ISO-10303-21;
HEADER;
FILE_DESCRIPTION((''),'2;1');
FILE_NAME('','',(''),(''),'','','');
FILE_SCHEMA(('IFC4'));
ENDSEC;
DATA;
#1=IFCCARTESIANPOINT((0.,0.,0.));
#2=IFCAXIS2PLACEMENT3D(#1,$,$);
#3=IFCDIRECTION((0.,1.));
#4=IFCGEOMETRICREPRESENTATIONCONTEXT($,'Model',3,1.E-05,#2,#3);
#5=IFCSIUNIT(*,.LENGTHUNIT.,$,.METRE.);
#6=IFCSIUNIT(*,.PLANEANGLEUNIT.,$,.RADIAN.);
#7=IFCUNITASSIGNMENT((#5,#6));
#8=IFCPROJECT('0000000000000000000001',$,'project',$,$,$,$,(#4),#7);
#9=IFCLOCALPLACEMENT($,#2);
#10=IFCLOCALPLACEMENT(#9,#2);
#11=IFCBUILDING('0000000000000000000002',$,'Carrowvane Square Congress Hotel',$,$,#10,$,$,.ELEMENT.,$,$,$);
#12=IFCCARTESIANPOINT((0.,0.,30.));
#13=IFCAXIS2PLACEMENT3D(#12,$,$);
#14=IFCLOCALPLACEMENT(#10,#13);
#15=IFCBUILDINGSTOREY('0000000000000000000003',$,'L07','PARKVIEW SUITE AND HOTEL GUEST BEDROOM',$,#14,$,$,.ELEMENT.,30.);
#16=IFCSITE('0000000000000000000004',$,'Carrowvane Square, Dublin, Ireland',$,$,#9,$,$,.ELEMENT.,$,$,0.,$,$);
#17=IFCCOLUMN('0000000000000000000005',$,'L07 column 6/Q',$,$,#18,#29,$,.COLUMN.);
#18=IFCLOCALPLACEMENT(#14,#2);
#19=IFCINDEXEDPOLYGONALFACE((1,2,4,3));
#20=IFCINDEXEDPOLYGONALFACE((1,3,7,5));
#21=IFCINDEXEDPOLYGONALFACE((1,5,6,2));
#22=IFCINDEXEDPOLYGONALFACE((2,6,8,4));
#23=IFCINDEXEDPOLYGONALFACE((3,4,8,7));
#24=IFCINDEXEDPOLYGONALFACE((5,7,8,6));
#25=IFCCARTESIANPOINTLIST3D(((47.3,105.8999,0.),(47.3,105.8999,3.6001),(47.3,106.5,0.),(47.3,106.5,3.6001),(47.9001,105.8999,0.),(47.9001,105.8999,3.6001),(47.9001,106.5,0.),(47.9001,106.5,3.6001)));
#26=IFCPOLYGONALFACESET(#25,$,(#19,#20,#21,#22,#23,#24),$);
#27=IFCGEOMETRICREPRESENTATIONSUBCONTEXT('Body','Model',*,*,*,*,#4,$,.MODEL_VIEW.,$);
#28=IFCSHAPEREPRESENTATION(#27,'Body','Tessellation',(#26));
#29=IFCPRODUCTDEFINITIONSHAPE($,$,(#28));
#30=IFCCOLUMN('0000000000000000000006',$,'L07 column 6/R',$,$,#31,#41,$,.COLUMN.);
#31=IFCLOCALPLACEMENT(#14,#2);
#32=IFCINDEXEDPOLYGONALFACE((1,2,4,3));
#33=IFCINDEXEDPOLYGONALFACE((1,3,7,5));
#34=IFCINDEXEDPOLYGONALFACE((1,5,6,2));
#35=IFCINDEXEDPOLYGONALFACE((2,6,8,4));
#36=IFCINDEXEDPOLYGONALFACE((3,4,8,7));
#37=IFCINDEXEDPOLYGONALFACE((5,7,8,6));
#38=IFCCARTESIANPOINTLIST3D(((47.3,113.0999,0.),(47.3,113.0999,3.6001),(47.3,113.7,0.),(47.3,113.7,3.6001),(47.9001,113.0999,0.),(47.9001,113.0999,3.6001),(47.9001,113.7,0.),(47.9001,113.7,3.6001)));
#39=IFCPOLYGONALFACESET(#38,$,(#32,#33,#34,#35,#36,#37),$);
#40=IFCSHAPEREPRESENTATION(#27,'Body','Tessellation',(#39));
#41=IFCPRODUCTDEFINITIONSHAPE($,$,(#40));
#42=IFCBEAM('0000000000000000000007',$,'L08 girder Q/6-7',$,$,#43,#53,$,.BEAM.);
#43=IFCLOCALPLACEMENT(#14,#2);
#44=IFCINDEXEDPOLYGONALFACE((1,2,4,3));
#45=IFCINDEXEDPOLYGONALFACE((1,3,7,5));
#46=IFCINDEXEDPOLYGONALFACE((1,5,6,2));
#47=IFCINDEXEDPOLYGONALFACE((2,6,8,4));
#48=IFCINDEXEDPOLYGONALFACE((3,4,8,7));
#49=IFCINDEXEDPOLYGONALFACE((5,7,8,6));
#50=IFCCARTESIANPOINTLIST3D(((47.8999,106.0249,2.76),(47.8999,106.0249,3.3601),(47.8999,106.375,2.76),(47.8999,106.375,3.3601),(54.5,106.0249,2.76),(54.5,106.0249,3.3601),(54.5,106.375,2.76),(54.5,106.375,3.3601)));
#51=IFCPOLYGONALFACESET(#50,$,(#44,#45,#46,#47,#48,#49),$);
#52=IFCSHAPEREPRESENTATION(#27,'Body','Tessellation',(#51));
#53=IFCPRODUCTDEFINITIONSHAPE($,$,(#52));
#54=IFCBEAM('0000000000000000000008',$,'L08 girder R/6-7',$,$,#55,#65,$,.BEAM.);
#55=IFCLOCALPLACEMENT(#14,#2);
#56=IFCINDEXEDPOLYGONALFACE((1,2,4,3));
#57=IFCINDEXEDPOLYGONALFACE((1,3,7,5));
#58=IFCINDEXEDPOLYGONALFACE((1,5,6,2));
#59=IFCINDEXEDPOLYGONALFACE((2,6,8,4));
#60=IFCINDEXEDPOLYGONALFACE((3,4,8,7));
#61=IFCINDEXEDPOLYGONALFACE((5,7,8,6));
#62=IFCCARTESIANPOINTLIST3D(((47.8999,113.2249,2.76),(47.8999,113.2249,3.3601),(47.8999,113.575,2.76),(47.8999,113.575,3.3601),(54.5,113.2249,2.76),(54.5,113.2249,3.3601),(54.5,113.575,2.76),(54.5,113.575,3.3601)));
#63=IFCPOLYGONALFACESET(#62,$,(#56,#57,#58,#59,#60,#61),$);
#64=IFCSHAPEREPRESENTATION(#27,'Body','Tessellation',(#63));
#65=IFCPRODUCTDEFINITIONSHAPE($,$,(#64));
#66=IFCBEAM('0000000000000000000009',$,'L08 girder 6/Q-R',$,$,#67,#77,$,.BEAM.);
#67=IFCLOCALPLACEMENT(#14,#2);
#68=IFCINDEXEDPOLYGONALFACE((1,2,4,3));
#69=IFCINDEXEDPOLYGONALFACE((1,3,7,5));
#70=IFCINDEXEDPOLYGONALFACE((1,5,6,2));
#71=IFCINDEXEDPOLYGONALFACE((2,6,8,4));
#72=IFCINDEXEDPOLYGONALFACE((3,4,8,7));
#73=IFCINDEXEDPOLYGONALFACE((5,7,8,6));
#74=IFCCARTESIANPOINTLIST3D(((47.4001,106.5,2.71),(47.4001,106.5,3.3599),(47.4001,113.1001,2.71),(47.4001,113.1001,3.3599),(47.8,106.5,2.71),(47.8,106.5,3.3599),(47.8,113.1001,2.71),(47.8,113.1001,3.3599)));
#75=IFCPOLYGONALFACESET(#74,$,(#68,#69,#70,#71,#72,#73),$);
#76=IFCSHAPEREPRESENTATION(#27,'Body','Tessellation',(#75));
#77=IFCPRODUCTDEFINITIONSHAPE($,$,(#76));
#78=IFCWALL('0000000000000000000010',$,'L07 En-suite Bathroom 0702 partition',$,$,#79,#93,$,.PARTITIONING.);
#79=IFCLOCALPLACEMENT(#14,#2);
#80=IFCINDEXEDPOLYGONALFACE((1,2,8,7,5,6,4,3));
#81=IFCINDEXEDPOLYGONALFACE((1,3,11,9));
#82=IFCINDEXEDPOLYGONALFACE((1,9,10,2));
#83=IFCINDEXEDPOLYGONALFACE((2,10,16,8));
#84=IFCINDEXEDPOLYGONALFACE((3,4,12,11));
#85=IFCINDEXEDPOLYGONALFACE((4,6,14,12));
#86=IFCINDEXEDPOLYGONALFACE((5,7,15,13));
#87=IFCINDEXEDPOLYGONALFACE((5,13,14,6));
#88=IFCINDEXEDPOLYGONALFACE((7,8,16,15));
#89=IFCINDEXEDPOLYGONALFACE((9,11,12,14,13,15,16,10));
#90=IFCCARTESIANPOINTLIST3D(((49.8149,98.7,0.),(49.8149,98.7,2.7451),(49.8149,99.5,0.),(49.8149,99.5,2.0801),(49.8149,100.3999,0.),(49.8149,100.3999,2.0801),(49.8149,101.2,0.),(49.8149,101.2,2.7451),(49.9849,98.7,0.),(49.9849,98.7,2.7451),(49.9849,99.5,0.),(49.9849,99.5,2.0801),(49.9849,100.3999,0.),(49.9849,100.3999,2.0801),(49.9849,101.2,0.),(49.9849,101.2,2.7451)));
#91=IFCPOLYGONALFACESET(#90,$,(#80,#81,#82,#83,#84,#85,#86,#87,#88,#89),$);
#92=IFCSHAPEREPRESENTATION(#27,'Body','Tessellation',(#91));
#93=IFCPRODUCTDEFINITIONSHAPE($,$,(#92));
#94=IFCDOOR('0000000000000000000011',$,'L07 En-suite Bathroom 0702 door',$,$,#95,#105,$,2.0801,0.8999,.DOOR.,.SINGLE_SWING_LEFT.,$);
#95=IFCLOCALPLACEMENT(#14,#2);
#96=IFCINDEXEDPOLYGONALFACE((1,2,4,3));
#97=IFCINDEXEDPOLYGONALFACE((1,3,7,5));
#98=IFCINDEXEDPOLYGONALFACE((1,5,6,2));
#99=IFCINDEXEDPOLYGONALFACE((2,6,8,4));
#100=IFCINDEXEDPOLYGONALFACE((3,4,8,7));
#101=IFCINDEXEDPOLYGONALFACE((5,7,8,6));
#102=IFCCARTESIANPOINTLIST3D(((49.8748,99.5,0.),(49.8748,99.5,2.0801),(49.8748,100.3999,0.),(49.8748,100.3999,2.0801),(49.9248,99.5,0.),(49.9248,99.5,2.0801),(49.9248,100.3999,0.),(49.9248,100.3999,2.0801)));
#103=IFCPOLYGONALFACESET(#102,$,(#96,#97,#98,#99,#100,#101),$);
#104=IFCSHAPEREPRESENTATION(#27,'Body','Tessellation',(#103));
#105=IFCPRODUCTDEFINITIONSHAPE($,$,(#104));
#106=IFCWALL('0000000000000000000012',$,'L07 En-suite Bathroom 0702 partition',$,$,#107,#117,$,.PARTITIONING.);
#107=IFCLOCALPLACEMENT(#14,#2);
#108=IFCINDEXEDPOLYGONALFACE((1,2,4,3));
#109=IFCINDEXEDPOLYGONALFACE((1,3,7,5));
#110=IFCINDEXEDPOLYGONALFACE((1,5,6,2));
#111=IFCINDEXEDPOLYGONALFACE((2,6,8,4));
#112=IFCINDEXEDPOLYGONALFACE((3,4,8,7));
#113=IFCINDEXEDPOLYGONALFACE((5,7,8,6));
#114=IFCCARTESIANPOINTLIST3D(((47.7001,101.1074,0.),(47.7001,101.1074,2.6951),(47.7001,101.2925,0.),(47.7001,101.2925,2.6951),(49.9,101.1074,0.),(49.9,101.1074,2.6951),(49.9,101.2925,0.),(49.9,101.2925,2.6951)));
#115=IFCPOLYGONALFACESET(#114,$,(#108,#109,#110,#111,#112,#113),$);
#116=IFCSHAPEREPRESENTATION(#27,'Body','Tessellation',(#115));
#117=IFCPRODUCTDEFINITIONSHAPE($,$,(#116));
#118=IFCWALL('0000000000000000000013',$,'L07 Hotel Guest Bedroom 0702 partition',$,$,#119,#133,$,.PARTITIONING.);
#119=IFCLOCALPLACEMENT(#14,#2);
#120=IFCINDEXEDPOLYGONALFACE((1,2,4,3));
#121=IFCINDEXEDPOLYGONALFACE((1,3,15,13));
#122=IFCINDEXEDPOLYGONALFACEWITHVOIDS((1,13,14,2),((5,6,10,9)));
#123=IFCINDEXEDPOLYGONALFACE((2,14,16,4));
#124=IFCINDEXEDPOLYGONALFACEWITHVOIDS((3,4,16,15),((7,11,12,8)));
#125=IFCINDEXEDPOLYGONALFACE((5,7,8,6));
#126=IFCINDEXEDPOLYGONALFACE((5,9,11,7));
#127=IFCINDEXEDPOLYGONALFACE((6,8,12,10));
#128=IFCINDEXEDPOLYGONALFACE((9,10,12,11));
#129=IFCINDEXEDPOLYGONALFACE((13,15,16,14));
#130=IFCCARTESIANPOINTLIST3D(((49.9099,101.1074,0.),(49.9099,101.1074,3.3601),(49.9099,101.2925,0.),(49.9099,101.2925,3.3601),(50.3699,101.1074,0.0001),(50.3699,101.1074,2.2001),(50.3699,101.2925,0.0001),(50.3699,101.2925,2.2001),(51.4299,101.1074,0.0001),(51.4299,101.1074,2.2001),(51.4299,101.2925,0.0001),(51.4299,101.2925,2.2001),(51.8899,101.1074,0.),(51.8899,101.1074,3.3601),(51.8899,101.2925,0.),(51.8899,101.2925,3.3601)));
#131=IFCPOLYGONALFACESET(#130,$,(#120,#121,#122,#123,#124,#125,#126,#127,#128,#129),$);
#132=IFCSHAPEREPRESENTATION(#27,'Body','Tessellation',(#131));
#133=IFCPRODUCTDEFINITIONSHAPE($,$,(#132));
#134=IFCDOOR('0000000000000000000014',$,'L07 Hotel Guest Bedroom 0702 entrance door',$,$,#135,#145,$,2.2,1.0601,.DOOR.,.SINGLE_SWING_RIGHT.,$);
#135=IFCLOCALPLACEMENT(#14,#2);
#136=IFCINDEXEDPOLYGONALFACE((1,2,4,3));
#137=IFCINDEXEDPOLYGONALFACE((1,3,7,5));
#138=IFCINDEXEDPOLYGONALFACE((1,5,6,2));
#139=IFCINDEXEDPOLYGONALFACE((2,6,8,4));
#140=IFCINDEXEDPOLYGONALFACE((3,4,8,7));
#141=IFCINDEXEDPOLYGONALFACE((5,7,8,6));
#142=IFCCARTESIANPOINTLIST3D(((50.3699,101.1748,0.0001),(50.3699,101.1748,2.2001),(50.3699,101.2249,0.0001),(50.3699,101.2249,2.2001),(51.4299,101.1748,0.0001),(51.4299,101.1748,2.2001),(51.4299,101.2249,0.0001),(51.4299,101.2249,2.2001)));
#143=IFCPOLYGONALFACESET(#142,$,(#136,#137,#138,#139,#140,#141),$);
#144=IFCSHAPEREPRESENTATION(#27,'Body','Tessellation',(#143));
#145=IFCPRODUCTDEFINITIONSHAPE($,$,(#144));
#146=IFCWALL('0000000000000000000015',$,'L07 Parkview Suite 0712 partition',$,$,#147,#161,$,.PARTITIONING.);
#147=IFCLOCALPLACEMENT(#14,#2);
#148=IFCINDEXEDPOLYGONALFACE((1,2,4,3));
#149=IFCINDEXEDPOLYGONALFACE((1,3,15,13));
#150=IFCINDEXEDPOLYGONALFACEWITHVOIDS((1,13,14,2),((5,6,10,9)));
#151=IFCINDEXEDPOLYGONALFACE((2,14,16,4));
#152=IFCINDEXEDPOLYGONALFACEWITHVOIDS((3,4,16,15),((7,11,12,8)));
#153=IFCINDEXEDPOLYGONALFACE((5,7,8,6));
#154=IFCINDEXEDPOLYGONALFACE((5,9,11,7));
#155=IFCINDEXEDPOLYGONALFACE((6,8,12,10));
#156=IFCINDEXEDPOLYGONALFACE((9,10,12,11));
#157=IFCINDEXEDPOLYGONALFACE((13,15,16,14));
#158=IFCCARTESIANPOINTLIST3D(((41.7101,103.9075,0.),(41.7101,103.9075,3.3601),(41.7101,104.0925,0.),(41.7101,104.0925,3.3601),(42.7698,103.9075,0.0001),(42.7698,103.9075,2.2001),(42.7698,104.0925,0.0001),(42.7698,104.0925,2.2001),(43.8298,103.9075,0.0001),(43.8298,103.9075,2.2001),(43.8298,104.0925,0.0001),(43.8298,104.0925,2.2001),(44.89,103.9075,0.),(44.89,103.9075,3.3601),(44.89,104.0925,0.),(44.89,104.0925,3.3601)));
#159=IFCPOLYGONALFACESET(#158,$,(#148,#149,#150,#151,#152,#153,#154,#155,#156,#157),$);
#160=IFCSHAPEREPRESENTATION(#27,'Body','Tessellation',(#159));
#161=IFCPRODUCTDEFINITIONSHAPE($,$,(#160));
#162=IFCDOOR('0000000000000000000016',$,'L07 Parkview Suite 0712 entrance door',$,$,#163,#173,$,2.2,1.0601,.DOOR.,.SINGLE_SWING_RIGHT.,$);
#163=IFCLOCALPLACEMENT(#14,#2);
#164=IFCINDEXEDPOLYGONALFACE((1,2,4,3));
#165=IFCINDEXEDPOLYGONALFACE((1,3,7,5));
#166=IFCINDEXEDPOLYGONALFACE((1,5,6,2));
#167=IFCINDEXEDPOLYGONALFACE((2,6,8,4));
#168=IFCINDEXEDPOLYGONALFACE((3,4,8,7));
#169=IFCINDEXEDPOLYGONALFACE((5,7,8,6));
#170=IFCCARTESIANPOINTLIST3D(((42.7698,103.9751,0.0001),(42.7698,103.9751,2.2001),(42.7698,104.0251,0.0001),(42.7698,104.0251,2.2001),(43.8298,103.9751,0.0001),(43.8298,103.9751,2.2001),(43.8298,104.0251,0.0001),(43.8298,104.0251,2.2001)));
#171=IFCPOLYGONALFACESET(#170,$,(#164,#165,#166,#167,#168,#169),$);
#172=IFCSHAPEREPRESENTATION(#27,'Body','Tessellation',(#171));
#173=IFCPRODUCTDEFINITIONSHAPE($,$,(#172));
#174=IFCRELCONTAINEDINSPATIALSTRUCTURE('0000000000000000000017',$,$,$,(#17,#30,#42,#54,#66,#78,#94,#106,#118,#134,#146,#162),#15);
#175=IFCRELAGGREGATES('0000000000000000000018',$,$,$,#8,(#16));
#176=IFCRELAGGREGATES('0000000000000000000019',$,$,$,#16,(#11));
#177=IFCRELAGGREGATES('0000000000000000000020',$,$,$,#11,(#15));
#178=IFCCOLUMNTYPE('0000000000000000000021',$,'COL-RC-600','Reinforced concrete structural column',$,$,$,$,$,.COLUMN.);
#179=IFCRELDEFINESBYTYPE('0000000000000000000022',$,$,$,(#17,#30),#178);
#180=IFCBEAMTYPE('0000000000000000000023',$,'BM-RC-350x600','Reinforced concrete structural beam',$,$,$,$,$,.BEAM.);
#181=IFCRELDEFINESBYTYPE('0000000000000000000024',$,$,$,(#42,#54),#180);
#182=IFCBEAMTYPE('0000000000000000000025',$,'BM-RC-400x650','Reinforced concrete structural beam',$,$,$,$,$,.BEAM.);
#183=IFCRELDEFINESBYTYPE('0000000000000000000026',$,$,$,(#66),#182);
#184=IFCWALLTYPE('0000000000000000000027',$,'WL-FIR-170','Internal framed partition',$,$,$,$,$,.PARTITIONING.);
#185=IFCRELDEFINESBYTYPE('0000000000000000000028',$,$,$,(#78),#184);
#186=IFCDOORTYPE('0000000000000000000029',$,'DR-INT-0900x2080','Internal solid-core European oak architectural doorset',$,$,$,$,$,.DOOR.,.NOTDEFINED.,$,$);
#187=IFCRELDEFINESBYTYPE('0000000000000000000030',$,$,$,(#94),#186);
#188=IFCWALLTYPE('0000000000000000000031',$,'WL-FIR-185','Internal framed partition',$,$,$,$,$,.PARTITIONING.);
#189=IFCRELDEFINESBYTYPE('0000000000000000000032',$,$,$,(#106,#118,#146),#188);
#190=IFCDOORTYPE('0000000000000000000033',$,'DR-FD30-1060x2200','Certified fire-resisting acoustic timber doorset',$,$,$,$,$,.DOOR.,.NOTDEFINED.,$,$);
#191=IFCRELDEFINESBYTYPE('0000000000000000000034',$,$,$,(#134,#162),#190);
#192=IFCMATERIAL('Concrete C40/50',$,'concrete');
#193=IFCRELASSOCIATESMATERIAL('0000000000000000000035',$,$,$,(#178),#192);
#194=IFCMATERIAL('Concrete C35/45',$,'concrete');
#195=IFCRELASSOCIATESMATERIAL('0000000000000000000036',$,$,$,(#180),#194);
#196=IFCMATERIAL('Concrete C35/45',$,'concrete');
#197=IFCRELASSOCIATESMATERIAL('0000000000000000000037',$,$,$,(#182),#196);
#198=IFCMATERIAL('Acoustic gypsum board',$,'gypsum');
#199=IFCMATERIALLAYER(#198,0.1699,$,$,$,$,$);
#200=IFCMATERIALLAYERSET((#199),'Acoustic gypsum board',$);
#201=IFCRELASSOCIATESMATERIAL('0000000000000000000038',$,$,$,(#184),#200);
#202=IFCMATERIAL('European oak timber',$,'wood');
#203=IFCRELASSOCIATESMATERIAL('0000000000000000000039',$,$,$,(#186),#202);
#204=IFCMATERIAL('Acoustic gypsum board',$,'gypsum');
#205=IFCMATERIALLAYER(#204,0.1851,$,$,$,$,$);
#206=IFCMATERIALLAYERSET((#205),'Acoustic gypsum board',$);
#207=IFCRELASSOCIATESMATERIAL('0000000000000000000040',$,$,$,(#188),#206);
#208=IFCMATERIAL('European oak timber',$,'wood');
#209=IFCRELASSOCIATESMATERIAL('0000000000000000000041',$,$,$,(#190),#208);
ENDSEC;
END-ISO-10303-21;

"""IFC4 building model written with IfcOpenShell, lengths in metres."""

from ifc_helpers import new_model, si_unit, direction, frame, frame_2d, origin, origin_2d, place, context, subcontext, project, spatial, rectangle, extrude, material, layer, layer_set, material_profile, profile_set, type_object, element, fill, save


model = new_model("IFC4")

# Units and contexts
model_context = context("Model", 3, precision=1e-05, world=origin(), true_north=direction((0.0, 1.0)))
body_context = subcontext(model_context, "Body", "Model", "MODEL_VIEW")
ifc_project = project(units=[si_unit("LENGTHUNIT", "METRE"), si_unit("PLANEANGLEUNIT", "RADIAN")], contexts=[model_context])

# Site, building, storey
site_placement = place(None, origin())
site = spatial("IfcSite", under=ifc_project, at=site_placement, Name="Carrowvane Square, Dublin, Ireland", CompositionType="ELEMENT", RefElevation=0.0)
building_placement = place(site_placement, origin())
building = spatial("IfcBuilding", under=site, at=building_placement, Name="Carrowvane Square Congress Hotel", CompositionType="ELEMENT")
storey_placement = place(building_placement, frame((0.0, 0.0, 30.0)))
storey = spatial("IfcBuildingStorey", under=building, at=storey_placement, Name="L07", Description="PARKVIEW SUITE AND HOTEL GUEST BEDROOM", CompositionType="ELEMENT", Elevation=30.0)

# Columns
ifc_material_1 = material(Name="Concrete C40/50", Category="concrete")
ifc_material_profile_1 = material_profile(ifc_material_1, rectangle(XDim=0.6001, YDim=0.6001, at=origin_2d()), Name="RC 600x600")
ifc_profile_set_1 = profile_set([ifc_material_profile_1], Name="Concrete C40/50")
column_type = type_object("IfcColumnType", Name="COL-RC-600", Description="Reinforced concrete structural column", PredefinedType="COLUMN", material=ifc_profile_set_1)
for number, where, z_axis, x_axis, name in (
    (1, (47.6001, 106.2, 0.0), (0.0, 0.0, 1.0), (1.0, 0.0, 0.0), "L07 column 6/Q"),
    (2, (47.6001, 113.3999, 0.0), (0.0, 0.0, 1.0), (1.0, 0.0, 0.0), "L07 column 6/R"),
):
    element("IfcColumn", number, at=place(storey_placement, frame(where, z_axis=z_axis, x_axis=x_axis)), inside=storey, type_object=column_type, Name=name, PredefinedType="COLUMN", context=body_context, shape_type="SweptSolid", body=[
        extrude(rectangle(XDim=0.6001, YDim=0.6001, at=origin_2d()), origin(), (0.0, 0.0, 1.0), 3.6001),
    ])

# Beams
ifc_material_2 = material(Name="Concrete C35/45", Category="concrete")
ifc_material_profile_2 = material_profile(ifc_material_2, rectangle(XDim=0.3501, YDim=0.6001, at=origin_2d()), Name="RC 350x600")
ifc_profile_set_2 = profile_set([ifc_material_profile_2], Name="Concrete C35/45")
beam_type_1 = type_object("IfcBeamType", Name="BM-RC-350x600", Description="Reinforced concrete structural beam", PredefinedType="BEAM", material=ifc_profile_set_2)
for number, where, z_axis, x_axis, name in (
    (3, (47.8999, 106.2, 3.0601), (1.0, 0.0, 0.0), (0.0, 1.0, 0.0), "L08 girder Q/6-7"),
    (4, (47.8999, 113.3999, 3.0601), (1.0, 0.0, 0.0), (0.0, 1.0, 0.0), "L08 girder R/6-7"),
):
    element("IfcBeam", number, at=place(storey_placement, frame(where, z_axis=z_axis, x_axis=x_axis)), inside=storey, type_object=beam_type_1, Name=name, PredefinedType="BEAM", context=body_context, shape_type="SweptSolid", body=[
        extrude(rectangle(XDim=0.3501, YDim=0.6001, at=origin_2d()), origin(), (0.0, 0.0, 1.0), 6.6001),
    ])
ifc_material_3 = material(Name="Concrete C35/45", Category="concrete")
ifc_material_profile_3 = material_profile(ifc_material_3, rectangle(XDim=0.3999, YDim=0.6499, at=origin_2d()), Name="RC 400x650")
ifc_profile_set_3 = profile_set([ifc_material_profile_3], Name="Concrete C35/45")
beam_type_2 = type_object("IfcBeamType", Name="BM-RC-400x650", Description="Reinforced concrete structural beam", PredefinedType="BEAM", material=ifc_profile_set_3)
beam_placement = place(storey_placement, frame((47.6001, 106.5, 3.0349), z_axis=(0.0, 1.0, 0.0), x_axis=(-1.0, 0.0, 0.0)))
element("IfcBeam", 5, at=beam_placement, inside=storey, type_object=beam_type_2, Name="L08 girder 6/Q-R", PredefinedType="BEAM", context=body_context, shape_type="SweptSolid", body=[
    extrude(rectangle(XDim=0.3999, YDim=0.6499, at=origin_2d()), origin(), (0.0, 0.0, 1.0), 6.6001),
])

# Wall, opening, door
ifc_material_4 = material(Name="Acoustic gypsum board", Category="gypsum")
ifc_layer_1 = layer(ifc_material_4, 0.1699)
ifc_layer_set_1 = layer_set([ifc_layer_1], Name="Acoustic gypsum board")
wall_type_1 = type_object("IfcWallType", Name="WL-FIR-170", Description="Internal framed partition", PredefinedType="PARTITIONING", material=ifc_layer_set_1)
wall_1_placement = place(storey_placement, frame((49.8999, 101.2, 0.0), z_axis=(0.0, 0.0, 1.0), x_axis=(0.0, -1.0, 0.0)))
wall_1 = element("IfcWall", 6, at=wall_1_placement, inside=storey, type_object=wall_type_1, Name="L07 En-suite Bathroom 0702 partition", PredefinedType="PARTITIONING", context=body_context, shape_type="SweptSolid", body=[
    extrude(rectangle(XDim=2.5, YDim=0.1699, at=frame_2d((1.25, 0.0))), origin(), (0.0, 0.0, 1.0), 2.7451),
])
opening_1_placement = place(wall_1_placement, frame((0.8, 0.0, 0.0)))
opening_1 = element("IfcOpeningElement", 7, at=opening_1_placement, cuts=wall_1, PredefinedType="OPENING", context=body_context, shape_type="SweptSolid", body=[
    extrude(rectangle(XDim=0.8999, YDim=2.0801, at=frame_2d((0.45, 1.04))), frame((0.0, 0.095, 0.0), z_axis=(0.0, -1.0, 0.0), x_axis=(1.0, 0.0, 0.0)), (0.0, 0.0, 1.0), 0.1899),
])
ifc_material_5 = material(Name="European oak timber", Category="wood")
door_type_1 = type_object("IfcDoorType", Name="DR-INT-0900x2080", Description="Internal solid-core European oak architectural doorset", OperationType="NOTDEFINED", PredefinedType="DOOR", material=ifc_material_5)
door_1_placement = place(opening_1_placement, origin())
door_1 = element("IfcDoor", 8, at=door_1_placement, inside=storey, type_object=door_type_1, Name="L07 En-suite Bathroom 0702 door", OperationType="SINGLE_SWING_LEFT", OverallHeight=2.0801, OverallWidth=0.8999, PredefinedType="DOOR", context=body_context, shape_type="SweptSolid", body=[
    extrude(rectangle(XDim=0.8999, YDim=2.0801, at=frame_2d((0.45, 1.04))), frame((0.0, 0.0249, 0.0), z_axis=(0.0, -1.0, 0.0), x_axis=(1.0, 0.0, 0.0)), (0.0, 0.0, 1.0), 0.05),
])
fill(opening_1, door_1)
ifc_material_6 = material(Name="Acoustic gypsum board", Category="gypsum")
ifc_layer_2 = layer(ifc_material_6, 0.1851)
ifc_layer_set_2 = layer_set([ifc_layer_2], Name="Acoustic gypsum board")
wall_type_2 = type_object("IfcWallType", Name="WL-FIR-185", Description="Internal framed partition", PredefinedType="PARTITIONING", material=ifc_layer_set_2)

# Wall
wall_2_placement = place(storey_placement, frame((47.7, 101.2, 0.0), z_axis=(0.0, 0.0, 1.0), x_axis=(1.0, 0.0, 0.0)))
element("IfcWall", 9, at=wall_2_placement, inside=storey, type_object=wall_type_2, Name="L07 En-suite Bathroom 0702 partition", PredefinedType="PARTITIONING", context=body_context, shape_type="SweptSolid", body=[
    extrude(rectangle(XDim=2.2, YDim=0.1851, at=frame_2d((1.1001, 0.0))), origin(), (0.0, 0.0, 1.0), 2.6951),
])

# Walls, openings, doors
wall_3_placement = place(storey_placement, frame((49.9099, 101.2, 0.0), z_axis=(0.0, 0.0, 1.0), x_axis=(1.0, 0.0, 0.0)))
wall_3 = element("IfcWall", 10, at=wall_3_placement, inside=storey, type_object=wall_type_2, Name="L07 Hotel Guest Bedroom 0702 partition", PredefinedType="PARTITIONING", context=body_context, shape_type="SweptSolid", body=[
    extrude(rectangle(XDim=1.98, YDim=0.1851, at=frame_2d((0.99, 0.0))), origin(), (0.0, 0.0, 1.0), 3.3601),
])
opening_2_placement = place(wall_3_placement, frame((0.46, 0.0, 0.0)))
opening_2 = element("IfcOpeningElement", 11, at=opening_2_placement, cuts=wall_3, PredefinedType="OPENING", context=body_context, shape_type="SweptSolid", body=[
    extrude(rectangle(XDim=1.0601, YDim=2.2, at=frame_2d((0.53, 1.1001))), frame((0.0, 0.1025, 0.0), z_axis=(0.0, -1.0, 0.0), x_axis=(1.0, 0.0, 0.0)), (0.0, 0.0, 1.0), 0.2051),
])
ifc_material_7 = material(Name="European oak timber", Category="wood")
door_type_2 = type_object("IfcDoorType", Name="DR-FD30-1060x2200", Description="Certified fire-resisting acoustic timber doorset", OperationType="NOTDEFINED", PredefinedType="DOOR", material=ifc_material_7)
door_2_placement = place(opening_2_placement, origin())
door_2 = element("IfcDoor", 12, at=door_2_placement, inside=storey, type_object=door_type_2, Name="L07 Hotel Guest Bedroom 0702 entrance door", OperationType="SINGLE_SWING_RIGHT", OverallHeight=2.2, OverallWidth=1.0601, PredefinedType="DOOR", context=body_context, shape_type="SweptSolid", body=[
    extrude(rectangle(XDim=1.0601, YDim=2.2, at=frame_2d((0.53, 1.1001))), frame((0.0, 0.0249, 0.0), z_axis=(0.0, -1.0, 0.0), x_axis=(1.0, 0.0, 0.0)), (0.0, 0.0, 1.0), 0.05),
])
fill(opening_2, door_2)
wall_4_placement = place(storey_placement, frame((44.8899, 104.0, 0.0), z_axis=(0.0, 0.0, 1.0), x_axis=(-1.0, 0.0, 0.0)))
wall_4 = element("IfcWall", 13, at=wall_4_placement, inside=storey, type_object=wall_type_2, Name="L07 Parkview Suite 0712 partition", PredefinedType="PARTITIONING", context=body_context, shape_type="SweptSolid", body=[
    extrude(rectangle(XDim=3.1799, YDim=0.1851, at=frame_2d((1.5898, 0.0))), origin(), (0.0, 0.0, 1.0), 3.3601),
])
opening_3_placement = place(wall_4_placement, frame((1.0601, 0.0, 0.0)))
opening_3 = element("IfcOpeningElement", 14, at=opening_3_placement, cuts=wall_4, PredefinedType="OPENING", context=body_context, shape_type="SweptSolid", body=[
    extrude(rectangle(XDim=1.0601, YDim=2.2, at=frame_2d((0.53, 1.1001))), frame((0.0, 0.1025, 0.0), z_axis=(0.0, -1.0, 0.0), x_axis=(1.0, 0.0, 0.0)), (0.0, 0.0, 1.0), 0.2051),
])
door_3_placement = place(opening_3_placement, origin())
door_3 = element("IfcDoor", 15, at=door_3_placement, inside=storey, type_object=door_type_2, Name="L07 Parkview Suite 0712 entrance door", OperationType="SINGLE_SWING_RIGHT", OverallHeight=2.2, OverallWidth=1.0601, PredefinedType="DOOR", context=body_context, shape_type="SweptSolid", body=[
    extrude(rectangle(XDim=1.0601, YDim=2.2, at=frame_2d((0.53, 1.1001))), frame((0.0, 0.0249, 0.0), z_axis=(0.0, -1.0, 0.0), x_axis=(1.0, 0.0, 0.0)), (0.0, 0.0, 1.0), 0.05),
])
fill(opening_3, door_3)

save(model, "model.ifc")
